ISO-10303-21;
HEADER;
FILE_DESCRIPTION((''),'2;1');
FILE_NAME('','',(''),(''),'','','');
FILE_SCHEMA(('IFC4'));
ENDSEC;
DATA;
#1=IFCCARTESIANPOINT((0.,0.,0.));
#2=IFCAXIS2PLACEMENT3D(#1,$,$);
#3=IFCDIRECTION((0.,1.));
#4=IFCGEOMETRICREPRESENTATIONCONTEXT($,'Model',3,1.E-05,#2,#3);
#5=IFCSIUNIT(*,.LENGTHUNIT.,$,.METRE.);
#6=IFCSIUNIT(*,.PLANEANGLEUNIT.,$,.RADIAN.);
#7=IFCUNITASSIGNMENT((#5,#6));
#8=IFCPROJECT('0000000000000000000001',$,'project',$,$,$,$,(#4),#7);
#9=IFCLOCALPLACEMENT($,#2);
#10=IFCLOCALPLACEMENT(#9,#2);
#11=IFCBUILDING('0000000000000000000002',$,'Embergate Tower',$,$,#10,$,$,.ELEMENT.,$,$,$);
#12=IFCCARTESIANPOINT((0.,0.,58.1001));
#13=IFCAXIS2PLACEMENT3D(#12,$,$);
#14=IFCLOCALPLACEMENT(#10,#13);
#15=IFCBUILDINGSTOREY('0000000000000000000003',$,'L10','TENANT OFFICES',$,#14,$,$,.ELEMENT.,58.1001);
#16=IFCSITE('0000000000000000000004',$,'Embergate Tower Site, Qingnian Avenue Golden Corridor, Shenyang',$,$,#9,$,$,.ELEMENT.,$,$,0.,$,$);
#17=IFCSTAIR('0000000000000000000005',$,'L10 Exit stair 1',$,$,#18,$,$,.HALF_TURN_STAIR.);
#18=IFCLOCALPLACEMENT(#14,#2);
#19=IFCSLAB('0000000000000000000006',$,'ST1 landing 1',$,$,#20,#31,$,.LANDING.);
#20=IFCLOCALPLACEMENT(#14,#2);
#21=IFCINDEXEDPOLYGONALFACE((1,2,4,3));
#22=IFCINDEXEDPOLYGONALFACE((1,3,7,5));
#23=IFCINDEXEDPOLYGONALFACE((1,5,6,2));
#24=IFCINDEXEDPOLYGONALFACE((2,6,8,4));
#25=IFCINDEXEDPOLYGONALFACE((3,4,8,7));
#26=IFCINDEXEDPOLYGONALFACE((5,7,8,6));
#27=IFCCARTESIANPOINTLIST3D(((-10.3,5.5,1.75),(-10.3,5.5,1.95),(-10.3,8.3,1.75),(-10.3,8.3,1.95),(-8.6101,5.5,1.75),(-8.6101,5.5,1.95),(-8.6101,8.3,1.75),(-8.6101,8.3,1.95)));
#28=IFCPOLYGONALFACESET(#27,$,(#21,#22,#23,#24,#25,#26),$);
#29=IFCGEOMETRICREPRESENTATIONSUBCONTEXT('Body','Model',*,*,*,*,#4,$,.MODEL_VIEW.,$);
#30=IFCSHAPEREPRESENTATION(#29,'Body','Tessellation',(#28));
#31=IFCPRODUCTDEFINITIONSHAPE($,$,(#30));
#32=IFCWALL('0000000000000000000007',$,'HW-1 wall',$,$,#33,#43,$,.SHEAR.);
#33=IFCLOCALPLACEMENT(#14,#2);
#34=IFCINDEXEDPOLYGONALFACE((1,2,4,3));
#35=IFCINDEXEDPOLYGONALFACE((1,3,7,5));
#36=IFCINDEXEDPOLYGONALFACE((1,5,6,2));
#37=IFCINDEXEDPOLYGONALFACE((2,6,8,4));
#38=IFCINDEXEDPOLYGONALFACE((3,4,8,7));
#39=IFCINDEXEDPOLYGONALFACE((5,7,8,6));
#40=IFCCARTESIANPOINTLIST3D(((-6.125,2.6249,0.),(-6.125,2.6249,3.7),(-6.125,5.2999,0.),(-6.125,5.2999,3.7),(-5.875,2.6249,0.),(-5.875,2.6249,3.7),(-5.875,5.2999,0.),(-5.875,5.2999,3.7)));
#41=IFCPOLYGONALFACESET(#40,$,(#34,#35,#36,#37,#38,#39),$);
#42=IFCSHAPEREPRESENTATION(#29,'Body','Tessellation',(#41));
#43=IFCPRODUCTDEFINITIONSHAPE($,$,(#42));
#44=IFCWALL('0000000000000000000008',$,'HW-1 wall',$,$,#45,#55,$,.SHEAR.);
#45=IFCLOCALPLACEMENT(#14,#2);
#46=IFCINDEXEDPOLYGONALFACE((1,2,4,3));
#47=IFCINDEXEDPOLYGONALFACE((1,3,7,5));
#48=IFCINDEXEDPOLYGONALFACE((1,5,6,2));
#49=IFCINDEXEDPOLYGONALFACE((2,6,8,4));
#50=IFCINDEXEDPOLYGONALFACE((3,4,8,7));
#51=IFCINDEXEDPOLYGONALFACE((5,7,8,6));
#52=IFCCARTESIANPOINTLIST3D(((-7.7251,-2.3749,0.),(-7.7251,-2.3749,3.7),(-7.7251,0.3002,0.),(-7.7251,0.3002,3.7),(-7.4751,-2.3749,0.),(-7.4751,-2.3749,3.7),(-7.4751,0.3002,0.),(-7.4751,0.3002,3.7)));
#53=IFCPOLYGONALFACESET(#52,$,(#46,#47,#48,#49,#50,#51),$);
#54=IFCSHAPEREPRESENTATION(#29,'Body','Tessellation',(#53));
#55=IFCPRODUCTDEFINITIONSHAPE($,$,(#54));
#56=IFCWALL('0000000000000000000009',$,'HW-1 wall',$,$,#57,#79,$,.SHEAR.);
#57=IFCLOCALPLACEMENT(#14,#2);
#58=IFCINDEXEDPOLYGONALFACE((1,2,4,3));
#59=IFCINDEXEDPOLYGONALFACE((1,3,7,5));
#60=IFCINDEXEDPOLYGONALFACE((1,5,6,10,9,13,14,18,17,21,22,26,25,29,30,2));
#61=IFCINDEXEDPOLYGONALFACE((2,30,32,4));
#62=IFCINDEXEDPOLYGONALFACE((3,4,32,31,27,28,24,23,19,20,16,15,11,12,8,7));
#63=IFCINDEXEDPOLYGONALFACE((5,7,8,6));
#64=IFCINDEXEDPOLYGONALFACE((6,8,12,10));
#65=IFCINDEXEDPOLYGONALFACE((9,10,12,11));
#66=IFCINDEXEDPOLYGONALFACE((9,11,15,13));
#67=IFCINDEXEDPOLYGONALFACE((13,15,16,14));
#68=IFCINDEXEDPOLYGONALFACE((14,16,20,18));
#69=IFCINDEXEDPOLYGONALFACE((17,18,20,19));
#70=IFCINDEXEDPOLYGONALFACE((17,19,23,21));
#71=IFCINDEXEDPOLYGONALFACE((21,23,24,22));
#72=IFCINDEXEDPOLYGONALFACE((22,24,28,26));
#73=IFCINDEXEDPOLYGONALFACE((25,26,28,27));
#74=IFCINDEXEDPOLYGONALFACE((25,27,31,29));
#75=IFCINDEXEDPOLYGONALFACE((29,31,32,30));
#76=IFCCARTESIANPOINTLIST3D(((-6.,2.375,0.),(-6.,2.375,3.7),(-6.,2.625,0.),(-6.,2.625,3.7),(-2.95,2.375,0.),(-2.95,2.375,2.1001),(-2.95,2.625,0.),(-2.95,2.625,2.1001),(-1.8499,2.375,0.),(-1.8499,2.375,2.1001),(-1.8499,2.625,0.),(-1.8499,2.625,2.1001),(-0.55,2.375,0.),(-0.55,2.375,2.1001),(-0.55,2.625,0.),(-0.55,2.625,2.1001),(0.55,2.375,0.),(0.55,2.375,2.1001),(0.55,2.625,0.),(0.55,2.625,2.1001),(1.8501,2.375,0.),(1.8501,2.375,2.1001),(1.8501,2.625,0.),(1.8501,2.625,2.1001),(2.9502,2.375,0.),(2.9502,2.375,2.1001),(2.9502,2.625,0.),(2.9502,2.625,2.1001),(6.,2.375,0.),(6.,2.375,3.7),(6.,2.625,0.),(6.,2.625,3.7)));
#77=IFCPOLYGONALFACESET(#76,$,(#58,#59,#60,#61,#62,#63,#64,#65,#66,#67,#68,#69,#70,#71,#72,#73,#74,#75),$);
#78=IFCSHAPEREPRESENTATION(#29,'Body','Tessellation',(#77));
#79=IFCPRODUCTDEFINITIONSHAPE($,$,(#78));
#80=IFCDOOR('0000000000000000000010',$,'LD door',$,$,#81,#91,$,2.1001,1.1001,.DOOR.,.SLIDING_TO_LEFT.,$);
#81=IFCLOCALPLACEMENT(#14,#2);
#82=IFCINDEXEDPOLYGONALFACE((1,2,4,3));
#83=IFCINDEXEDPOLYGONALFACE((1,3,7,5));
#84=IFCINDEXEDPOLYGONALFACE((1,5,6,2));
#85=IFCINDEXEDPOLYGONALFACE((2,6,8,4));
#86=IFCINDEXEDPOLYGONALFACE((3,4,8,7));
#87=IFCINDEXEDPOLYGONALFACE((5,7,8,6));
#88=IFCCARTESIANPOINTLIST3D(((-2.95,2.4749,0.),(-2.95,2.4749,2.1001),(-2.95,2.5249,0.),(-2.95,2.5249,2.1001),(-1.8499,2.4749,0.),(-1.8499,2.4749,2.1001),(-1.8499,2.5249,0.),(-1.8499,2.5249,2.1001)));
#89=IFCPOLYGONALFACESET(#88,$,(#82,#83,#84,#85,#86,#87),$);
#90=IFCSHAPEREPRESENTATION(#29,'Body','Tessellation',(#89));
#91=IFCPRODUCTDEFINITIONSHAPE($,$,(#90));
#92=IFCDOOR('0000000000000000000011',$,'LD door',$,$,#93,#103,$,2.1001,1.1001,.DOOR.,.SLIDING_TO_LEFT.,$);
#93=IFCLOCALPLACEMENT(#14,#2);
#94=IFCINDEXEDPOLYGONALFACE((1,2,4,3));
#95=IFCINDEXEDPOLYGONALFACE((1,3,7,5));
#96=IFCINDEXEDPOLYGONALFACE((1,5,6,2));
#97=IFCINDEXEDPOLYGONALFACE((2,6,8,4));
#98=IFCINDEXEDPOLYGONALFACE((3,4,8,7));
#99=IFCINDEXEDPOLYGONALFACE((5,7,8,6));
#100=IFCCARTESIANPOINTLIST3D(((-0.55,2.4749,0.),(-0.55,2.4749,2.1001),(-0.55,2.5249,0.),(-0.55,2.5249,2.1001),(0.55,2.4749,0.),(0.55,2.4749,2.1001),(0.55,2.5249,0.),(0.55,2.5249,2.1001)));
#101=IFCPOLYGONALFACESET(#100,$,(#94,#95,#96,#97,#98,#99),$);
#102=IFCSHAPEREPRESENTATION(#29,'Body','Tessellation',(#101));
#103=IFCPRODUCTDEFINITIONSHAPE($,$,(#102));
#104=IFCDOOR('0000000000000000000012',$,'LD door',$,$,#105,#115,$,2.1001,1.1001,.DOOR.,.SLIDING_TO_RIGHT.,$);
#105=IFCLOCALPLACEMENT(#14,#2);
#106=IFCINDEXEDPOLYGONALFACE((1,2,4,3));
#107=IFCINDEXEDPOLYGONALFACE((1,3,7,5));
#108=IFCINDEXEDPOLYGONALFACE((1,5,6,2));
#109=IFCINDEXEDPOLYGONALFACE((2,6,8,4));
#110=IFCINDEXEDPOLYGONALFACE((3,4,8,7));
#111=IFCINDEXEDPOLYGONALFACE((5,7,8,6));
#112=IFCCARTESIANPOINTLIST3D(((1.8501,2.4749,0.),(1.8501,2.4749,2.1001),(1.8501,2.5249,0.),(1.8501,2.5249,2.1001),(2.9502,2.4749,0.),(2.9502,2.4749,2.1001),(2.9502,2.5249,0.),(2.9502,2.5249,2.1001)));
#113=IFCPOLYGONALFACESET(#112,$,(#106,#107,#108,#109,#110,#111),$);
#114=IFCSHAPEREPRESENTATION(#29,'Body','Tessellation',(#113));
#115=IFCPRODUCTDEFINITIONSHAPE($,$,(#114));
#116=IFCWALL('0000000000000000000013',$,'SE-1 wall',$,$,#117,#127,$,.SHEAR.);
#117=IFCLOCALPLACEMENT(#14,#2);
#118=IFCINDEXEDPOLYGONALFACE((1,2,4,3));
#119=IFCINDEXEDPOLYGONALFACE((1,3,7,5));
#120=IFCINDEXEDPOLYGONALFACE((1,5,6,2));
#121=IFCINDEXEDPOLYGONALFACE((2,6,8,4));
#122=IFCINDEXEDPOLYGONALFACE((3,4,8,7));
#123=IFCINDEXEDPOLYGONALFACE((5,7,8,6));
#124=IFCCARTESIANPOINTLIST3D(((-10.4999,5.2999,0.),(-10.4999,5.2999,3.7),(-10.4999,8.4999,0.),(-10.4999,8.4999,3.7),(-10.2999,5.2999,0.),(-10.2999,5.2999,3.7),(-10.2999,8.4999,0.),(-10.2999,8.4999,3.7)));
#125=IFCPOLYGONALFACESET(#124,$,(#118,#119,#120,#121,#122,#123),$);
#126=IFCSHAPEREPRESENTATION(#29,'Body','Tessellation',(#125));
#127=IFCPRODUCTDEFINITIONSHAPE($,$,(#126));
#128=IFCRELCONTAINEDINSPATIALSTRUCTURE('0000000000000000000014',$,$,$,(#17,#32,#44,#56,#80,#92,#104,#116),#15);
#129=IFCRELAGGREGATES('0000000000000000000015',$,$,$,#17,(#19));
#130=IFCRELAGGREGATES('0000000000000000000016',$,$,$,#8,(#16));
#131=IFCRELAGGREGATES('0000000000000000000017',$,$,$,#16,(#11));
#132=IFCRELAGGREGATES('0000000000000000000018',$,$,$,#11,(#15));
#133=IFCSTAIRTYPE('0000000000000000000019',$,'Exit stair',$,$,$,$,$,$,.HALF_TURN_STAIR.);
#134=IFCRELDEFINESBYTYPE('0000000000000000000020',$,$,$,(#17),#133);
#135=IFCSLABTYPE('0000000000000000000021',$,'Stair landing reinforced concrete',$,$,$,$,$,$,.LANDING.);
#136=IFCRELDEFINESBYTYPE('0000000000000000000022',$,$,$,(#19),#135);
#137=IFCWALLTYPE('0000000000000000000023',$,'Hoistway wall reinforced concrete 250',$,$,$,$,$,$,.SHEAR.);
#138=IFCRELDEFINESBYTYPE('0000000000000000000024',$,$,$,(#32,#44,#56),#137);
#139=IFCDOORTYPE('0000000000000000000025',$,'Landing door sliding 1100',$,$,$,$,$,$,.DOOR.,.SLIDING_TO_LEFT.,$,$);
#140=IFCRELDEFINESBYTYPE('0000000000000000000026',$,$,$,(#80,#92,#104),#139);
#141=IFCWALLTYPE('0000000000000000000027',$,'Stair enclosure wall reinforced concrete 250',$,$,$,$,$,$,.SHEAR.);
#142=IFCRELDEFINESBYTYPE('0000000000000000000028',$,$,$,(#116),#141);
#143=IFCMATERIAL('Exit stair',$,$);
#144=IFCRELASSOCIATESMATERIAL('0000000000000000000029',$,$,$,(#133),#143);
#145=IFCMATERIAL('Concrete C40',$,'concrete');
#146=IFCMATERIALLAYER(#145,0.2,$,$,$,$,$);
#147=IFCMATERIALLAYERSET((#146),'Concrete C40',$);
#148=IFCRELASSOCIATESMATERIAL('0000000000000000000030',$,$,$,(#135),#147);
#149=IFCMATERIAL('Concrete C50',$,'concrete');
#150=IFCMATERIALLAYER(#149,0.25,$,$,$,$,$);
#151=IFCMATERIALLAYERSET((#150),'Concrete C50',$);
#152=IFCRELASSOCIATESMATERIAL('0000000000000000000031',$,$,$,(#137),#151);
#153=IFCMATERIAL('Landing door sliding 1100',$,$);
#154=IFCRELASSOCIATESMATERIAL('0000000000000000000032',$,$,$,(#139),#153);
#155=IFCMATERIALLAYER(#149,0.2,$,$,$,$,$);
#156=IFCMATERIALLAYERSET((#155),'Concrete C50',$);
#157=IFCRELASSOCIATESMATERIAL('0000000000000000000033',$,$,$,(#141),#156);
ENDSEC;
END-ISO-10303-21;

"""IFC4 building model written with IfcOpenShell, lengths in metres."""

from ifc_helpers import new_model, si_unit, direction, frame, frame_2d, origin, place, context, subcontext, project, spatial, polyline, rectangle, outline, extrude, source, transform, mapped, material, layer, layer_set, type_object, element, fill, aggregate, save


model = new_model("IFC4")

# Units and contexts
model_context = context("Model", 3, precision=1e-05, world=origin(), true_north=direction((0.0, 1.0)))
body_context = subcontext(model_context, "Body", "Model", "MODEL_VIEW")
ifc_project = project(units=[si_unit("LENGTHUNIT", "METRE"), si_unit("PLANEANGLEUNIT", "RADIAN")], contexts=[model_context])

# Site, building, storey
site_placement = place(None, origin())
site = spatial("IfcSite", under=ifc_project, at=site_placement, Name="Embergate Tower Site, Qingnian Avenue Golden Corridor, Shenyang", CompositionType="ELEMENT", RefElevation=0.0)
building_placement = place(site_placement, origin())
building = spatial("IfcBuilding", under=site, at=building_placement, Name="Embergate Tower", CompositionType="ELEMENT")
storey_placement = place(building_placement, frame((0.0, 0.0, 58.1001)))
storey = spatial("IfcBuildingStorey", under=building, at=storey_placement, Name="L10", Description="TENANT OFFICES", CompositionType="ELEMENT", Elevation=58.1001)

# Stair, slab
ifc_material_1 = material(Name="Exit stair")
stair_type = type_object("IfcStairType", Name="Exit stair", PredefinedType="HALF_TURN_STAIR", material=ifc_material_1)
stair_placement = place(storey_placement, origin())
stair = element("IfcStair", 1, at=stair_placement, inside=storey, type_object=stair_type, Name="L10 Exit stair 1", PredefinedType="HALF_TURN_STAIR")
ifc_material_2 = material(Name="Concrete C40", Category="concrete")
ifc_layer_1 = layer(ifc_material_2, 0.2)
ifc_layer_set_1 = layer_set([ifc_layer_1], Name="Concrete C40")
slab_type = type_object("IfcSlabType", Name="Stair landing reinforced concrete", PredefinedType="LANDING", material=ifc_layer_set_1)
shared_shape_1 = source(origin(), body_context, "Body", "SweptSolid", [
    extrude(outline(polyline([(0.0, 0.0), (1.6899, 0.0), (1.6899, 2.8), (0.0, 2.8), (0.0, 0.0)])), origin(), (0.0, 0.0, 1.0), 0.2),
])
slab_placement = place(storey_placement, frame((-10.3, 5.5, 1.75)))
slab = element("IfcSlab", 2, at=slab_placement, type_object=slab_type, Name="ST1 landing 1", PredefinedType="LANDING", context=body_context, shape_type="MappedRepresentation", body=[
    mapped(shared_shape_1, transform((0.0, 0.0, 0.0))),
])

# Walls
ifc_material_3 = material(Name="Concrete C50", Category="concrete")
ifc_layer_2 = layer(ifc_material_3, 0.25)
ifc_layer_set_2 = layer_set([ifc_layer_2], Name="Concrete C50")
wall_type_1 = type_object("IfcWallType", Name="Hoistway wall reinforced concrete 250", PredefinedType="SHEAR", material=ifc_layer_set_2)
shared_shape_2 = source(origin(), body_context, "Body", "SweptSolid", [
    extrude(rectangle(XDim=2.675, YDim=0.25, at=frame_2d((1.3374, 0.0))), origin(), (0.0, 0.0, 1.0), 3.7),
])
for number, where, z_axis, x_axis, name in (
    (3, (-6.0, 2.625, 0.0), (0.0, 0.0, 1.0), (0.0, 1.0, 0.0), "HW-1 wall"),
    (4, (-7.6001, 0.3, 0.0), (0.0, 0.0, 1.0), (0.0, -1.0, 0.0), "HW-1 wall"),
):
    element("IfcWall", number, at=place(storey_placement, frame(where, z_axis=z_axis, x_axis=x_axis)), inside=storey, type_object=wall_type_1, Name=name, PredefinedType="SHEAR", context=body_context, shape_type="MappedRepresentation", body=[
        mapped(shared_shape_2, transform((0.0, 0.0, 0.0))),
    ])

# Wall, openings, doors
shared_shape_3 = source(origin(), body_context, "Body", "SweptSolid", [
    extrude(rectangle(XDim=12.0, YDim=0.25, at=frame_2d((6.0, 0.0))), origin(), (0.0, 0.0, 1.0), 3.7),
])
wall_1_placement = place(storey_placement, frame((-6.0, 2.5, 0.0), z_axis=(0.0, 0.0, 1.0), x_axis=(1.0, 0.0, 0.0)))
wall_1 = element("IfcWall", 5, at=wall_1_placement, inside=storey, type_object=wall_type_1, Name="HW-1 wall", PredefinedType="SHEAR", context=body_context, shape_type="MappedRepresentation", body=[
    mapped(shared_shape_3, transform((0.0, 0.0, 0.0))),
])
shared_shape_4 = source(origin(), body_context, "Body", "SweptSolid", [
    extrude(rectangle(XDim=1.1001, YDim=2.1001, at=frame_2d((0.55, 1.05))), frame((0.0, 0.135, 0.0), z_axis=(0.0, -1.0, 0.0), x_axis=(1.0, 0.0, 0.0)), (0.0, 0.0, 1.0), 0.27),
])
opening_1_placement = place(wall_1_placement, frame((3.05, 0.0, 0.0)))
opening_1 = element("IfcOpeningElement", 6, at=opening_1_placement, cuts=wall_1, PredefinedType="OPENING", context=body_context, shape_type="MappedRepresentation", body=[
    mapped(shared_shape_4, transform((0.0, 0.0, 0.0))),
])
opening_2_placement = place(wall_1_placement, frame((5.45, 0.0, 0.0)))
opening_2 = element("IfcOpeningElement", 7, at=opening_2_placement, cuts=wall_1, PredefinedType="OPENING", context=body_context, shape_type="MappedRepresentation", body=[
    mapped(shared_shape_4, transform((0.0, 0.0, 0.0))),
])
opening_3_placement = place(wall_1_placement, frame((7.8501, 0.0, 0.0)))
opening_3 = element("IfcOpeningElement", 8, at=opening_3_placement, cuts=wall_1, PredefinedType="OPENING", context=body_context, shape_type="MappedRepresentation", body=[
    mapped(shared_shape_4, transform((0.0, 0.0, 0.0))),
])
ifc_material_4 = material(Name="Landing door sliding 1100")
door_type_1 = type_object("IfcDoorType", Name="Landing door sliding 1100", OperationType="SLIDING_TO_LEFT", PredefinedType="DOOR", material=ifc_material_4)
shared_shape_5 = source(origin(), body_context, "Body", "SweptSolid", [
    extrude(rectangle(XDim=1.1001, YDim=2.1001, at=frame_2d((0.55, 1.05))), frame((0.0, 0.0249, 0.0), z_axis=(0.0, -1.0, 0.0), x_axis=(1.0, 0.0, 0.0)), (0.0, 0.0, 1.0), 0.05),
])
door_1_placement = place(opening_1_placement, origin())
door_1 = element("IfcDoor", 9, at=door_1_placement, inside=storey, type_object=door_type_1, Name="LD door", OperationType="SLIDING_TO_LEFT", OverallHeight=2.1001, OverallWidth=1.1001, PredefinedType="DOOR", context=body_context, shape_type="MappedRepresentation", body=[
    mapped(shared_shape_5, transform((0.0, 0.0, 0.0))),
])
fill(opening_1, door_1)
door_2_placement = place(opening_2_placement, origin())
door_2 = element("IfcDoor", 10, at=door_2_placement, inside=storey, type_object=door_type_1, Name="LD door", OperationType="SLIDING_TO_LEFT", OverallHeight=2.1001, OverallWidth=1.1001, PredefinedType="DOOR", context=body_context, shape_type="MappedRepresentation", body=[
    mapped(shared_shape_5, transform((0.0, 0.0, 0.0))),
])
fill(opening_2, door_2)
door_3_placement = place(opening_3_placement, origin())
door_3 = element("IfcDoor", 11, at=door_3_placement, inside=storey, type_object=door_type_1, Name="LD door", OperationType="SLIDING_TO_RIGHT", OverallHeight=2.1001, OverallWidth=1.1001, PredefinedType="DOOR", context=body_context, shape_type="MappedRepresentation", body=[
    mapped(shared_shape_5, transform((0.0, 0.0, 0.0))),
])
fill(opening_3, door_3)

# Wall
ifc_layer_3 = layer(ifc_material_3, 0.2)
ifc_layer_set_3 = layer_set([ifc_layer_3], Name="Concrete C50")
wall_type_2 = type_object("IfcWallType", Name="Stair enclosure wall reinforced concrete 250", PredefinedType="SHEAR", material=ifc_layer_set_3)
shared_shape_6 = source(origin(), body_context, "Body", "SweptSolid", [
    extrude(rectangle(XDim=3.2, YDim=0.2, at=frame_2d((1.6001, 0.0))), origin(), (0.0, 0.0, 1.0), 3.7),
])
wall_2_placement = place(storey_placement, frame((-10.3999, 8.5, 0.0), z_axis=(0.0, 0.0, 1.0), x_axis=(0.0, -1.0, 0.0)))
element("IfcWall", 12, at=wall_2_placement, inside=storey, type_object=wall_type_2, Name="SE-1 wall", PredefinedType="SHEAR", context=body_context, shape_type="MappedRepresentation", body=[
    mapped(shared_shape_6, transform((0.0, 0.0, 0.0))),
])

aggregate(stair, [slab])

save(model, "model.ifc")
